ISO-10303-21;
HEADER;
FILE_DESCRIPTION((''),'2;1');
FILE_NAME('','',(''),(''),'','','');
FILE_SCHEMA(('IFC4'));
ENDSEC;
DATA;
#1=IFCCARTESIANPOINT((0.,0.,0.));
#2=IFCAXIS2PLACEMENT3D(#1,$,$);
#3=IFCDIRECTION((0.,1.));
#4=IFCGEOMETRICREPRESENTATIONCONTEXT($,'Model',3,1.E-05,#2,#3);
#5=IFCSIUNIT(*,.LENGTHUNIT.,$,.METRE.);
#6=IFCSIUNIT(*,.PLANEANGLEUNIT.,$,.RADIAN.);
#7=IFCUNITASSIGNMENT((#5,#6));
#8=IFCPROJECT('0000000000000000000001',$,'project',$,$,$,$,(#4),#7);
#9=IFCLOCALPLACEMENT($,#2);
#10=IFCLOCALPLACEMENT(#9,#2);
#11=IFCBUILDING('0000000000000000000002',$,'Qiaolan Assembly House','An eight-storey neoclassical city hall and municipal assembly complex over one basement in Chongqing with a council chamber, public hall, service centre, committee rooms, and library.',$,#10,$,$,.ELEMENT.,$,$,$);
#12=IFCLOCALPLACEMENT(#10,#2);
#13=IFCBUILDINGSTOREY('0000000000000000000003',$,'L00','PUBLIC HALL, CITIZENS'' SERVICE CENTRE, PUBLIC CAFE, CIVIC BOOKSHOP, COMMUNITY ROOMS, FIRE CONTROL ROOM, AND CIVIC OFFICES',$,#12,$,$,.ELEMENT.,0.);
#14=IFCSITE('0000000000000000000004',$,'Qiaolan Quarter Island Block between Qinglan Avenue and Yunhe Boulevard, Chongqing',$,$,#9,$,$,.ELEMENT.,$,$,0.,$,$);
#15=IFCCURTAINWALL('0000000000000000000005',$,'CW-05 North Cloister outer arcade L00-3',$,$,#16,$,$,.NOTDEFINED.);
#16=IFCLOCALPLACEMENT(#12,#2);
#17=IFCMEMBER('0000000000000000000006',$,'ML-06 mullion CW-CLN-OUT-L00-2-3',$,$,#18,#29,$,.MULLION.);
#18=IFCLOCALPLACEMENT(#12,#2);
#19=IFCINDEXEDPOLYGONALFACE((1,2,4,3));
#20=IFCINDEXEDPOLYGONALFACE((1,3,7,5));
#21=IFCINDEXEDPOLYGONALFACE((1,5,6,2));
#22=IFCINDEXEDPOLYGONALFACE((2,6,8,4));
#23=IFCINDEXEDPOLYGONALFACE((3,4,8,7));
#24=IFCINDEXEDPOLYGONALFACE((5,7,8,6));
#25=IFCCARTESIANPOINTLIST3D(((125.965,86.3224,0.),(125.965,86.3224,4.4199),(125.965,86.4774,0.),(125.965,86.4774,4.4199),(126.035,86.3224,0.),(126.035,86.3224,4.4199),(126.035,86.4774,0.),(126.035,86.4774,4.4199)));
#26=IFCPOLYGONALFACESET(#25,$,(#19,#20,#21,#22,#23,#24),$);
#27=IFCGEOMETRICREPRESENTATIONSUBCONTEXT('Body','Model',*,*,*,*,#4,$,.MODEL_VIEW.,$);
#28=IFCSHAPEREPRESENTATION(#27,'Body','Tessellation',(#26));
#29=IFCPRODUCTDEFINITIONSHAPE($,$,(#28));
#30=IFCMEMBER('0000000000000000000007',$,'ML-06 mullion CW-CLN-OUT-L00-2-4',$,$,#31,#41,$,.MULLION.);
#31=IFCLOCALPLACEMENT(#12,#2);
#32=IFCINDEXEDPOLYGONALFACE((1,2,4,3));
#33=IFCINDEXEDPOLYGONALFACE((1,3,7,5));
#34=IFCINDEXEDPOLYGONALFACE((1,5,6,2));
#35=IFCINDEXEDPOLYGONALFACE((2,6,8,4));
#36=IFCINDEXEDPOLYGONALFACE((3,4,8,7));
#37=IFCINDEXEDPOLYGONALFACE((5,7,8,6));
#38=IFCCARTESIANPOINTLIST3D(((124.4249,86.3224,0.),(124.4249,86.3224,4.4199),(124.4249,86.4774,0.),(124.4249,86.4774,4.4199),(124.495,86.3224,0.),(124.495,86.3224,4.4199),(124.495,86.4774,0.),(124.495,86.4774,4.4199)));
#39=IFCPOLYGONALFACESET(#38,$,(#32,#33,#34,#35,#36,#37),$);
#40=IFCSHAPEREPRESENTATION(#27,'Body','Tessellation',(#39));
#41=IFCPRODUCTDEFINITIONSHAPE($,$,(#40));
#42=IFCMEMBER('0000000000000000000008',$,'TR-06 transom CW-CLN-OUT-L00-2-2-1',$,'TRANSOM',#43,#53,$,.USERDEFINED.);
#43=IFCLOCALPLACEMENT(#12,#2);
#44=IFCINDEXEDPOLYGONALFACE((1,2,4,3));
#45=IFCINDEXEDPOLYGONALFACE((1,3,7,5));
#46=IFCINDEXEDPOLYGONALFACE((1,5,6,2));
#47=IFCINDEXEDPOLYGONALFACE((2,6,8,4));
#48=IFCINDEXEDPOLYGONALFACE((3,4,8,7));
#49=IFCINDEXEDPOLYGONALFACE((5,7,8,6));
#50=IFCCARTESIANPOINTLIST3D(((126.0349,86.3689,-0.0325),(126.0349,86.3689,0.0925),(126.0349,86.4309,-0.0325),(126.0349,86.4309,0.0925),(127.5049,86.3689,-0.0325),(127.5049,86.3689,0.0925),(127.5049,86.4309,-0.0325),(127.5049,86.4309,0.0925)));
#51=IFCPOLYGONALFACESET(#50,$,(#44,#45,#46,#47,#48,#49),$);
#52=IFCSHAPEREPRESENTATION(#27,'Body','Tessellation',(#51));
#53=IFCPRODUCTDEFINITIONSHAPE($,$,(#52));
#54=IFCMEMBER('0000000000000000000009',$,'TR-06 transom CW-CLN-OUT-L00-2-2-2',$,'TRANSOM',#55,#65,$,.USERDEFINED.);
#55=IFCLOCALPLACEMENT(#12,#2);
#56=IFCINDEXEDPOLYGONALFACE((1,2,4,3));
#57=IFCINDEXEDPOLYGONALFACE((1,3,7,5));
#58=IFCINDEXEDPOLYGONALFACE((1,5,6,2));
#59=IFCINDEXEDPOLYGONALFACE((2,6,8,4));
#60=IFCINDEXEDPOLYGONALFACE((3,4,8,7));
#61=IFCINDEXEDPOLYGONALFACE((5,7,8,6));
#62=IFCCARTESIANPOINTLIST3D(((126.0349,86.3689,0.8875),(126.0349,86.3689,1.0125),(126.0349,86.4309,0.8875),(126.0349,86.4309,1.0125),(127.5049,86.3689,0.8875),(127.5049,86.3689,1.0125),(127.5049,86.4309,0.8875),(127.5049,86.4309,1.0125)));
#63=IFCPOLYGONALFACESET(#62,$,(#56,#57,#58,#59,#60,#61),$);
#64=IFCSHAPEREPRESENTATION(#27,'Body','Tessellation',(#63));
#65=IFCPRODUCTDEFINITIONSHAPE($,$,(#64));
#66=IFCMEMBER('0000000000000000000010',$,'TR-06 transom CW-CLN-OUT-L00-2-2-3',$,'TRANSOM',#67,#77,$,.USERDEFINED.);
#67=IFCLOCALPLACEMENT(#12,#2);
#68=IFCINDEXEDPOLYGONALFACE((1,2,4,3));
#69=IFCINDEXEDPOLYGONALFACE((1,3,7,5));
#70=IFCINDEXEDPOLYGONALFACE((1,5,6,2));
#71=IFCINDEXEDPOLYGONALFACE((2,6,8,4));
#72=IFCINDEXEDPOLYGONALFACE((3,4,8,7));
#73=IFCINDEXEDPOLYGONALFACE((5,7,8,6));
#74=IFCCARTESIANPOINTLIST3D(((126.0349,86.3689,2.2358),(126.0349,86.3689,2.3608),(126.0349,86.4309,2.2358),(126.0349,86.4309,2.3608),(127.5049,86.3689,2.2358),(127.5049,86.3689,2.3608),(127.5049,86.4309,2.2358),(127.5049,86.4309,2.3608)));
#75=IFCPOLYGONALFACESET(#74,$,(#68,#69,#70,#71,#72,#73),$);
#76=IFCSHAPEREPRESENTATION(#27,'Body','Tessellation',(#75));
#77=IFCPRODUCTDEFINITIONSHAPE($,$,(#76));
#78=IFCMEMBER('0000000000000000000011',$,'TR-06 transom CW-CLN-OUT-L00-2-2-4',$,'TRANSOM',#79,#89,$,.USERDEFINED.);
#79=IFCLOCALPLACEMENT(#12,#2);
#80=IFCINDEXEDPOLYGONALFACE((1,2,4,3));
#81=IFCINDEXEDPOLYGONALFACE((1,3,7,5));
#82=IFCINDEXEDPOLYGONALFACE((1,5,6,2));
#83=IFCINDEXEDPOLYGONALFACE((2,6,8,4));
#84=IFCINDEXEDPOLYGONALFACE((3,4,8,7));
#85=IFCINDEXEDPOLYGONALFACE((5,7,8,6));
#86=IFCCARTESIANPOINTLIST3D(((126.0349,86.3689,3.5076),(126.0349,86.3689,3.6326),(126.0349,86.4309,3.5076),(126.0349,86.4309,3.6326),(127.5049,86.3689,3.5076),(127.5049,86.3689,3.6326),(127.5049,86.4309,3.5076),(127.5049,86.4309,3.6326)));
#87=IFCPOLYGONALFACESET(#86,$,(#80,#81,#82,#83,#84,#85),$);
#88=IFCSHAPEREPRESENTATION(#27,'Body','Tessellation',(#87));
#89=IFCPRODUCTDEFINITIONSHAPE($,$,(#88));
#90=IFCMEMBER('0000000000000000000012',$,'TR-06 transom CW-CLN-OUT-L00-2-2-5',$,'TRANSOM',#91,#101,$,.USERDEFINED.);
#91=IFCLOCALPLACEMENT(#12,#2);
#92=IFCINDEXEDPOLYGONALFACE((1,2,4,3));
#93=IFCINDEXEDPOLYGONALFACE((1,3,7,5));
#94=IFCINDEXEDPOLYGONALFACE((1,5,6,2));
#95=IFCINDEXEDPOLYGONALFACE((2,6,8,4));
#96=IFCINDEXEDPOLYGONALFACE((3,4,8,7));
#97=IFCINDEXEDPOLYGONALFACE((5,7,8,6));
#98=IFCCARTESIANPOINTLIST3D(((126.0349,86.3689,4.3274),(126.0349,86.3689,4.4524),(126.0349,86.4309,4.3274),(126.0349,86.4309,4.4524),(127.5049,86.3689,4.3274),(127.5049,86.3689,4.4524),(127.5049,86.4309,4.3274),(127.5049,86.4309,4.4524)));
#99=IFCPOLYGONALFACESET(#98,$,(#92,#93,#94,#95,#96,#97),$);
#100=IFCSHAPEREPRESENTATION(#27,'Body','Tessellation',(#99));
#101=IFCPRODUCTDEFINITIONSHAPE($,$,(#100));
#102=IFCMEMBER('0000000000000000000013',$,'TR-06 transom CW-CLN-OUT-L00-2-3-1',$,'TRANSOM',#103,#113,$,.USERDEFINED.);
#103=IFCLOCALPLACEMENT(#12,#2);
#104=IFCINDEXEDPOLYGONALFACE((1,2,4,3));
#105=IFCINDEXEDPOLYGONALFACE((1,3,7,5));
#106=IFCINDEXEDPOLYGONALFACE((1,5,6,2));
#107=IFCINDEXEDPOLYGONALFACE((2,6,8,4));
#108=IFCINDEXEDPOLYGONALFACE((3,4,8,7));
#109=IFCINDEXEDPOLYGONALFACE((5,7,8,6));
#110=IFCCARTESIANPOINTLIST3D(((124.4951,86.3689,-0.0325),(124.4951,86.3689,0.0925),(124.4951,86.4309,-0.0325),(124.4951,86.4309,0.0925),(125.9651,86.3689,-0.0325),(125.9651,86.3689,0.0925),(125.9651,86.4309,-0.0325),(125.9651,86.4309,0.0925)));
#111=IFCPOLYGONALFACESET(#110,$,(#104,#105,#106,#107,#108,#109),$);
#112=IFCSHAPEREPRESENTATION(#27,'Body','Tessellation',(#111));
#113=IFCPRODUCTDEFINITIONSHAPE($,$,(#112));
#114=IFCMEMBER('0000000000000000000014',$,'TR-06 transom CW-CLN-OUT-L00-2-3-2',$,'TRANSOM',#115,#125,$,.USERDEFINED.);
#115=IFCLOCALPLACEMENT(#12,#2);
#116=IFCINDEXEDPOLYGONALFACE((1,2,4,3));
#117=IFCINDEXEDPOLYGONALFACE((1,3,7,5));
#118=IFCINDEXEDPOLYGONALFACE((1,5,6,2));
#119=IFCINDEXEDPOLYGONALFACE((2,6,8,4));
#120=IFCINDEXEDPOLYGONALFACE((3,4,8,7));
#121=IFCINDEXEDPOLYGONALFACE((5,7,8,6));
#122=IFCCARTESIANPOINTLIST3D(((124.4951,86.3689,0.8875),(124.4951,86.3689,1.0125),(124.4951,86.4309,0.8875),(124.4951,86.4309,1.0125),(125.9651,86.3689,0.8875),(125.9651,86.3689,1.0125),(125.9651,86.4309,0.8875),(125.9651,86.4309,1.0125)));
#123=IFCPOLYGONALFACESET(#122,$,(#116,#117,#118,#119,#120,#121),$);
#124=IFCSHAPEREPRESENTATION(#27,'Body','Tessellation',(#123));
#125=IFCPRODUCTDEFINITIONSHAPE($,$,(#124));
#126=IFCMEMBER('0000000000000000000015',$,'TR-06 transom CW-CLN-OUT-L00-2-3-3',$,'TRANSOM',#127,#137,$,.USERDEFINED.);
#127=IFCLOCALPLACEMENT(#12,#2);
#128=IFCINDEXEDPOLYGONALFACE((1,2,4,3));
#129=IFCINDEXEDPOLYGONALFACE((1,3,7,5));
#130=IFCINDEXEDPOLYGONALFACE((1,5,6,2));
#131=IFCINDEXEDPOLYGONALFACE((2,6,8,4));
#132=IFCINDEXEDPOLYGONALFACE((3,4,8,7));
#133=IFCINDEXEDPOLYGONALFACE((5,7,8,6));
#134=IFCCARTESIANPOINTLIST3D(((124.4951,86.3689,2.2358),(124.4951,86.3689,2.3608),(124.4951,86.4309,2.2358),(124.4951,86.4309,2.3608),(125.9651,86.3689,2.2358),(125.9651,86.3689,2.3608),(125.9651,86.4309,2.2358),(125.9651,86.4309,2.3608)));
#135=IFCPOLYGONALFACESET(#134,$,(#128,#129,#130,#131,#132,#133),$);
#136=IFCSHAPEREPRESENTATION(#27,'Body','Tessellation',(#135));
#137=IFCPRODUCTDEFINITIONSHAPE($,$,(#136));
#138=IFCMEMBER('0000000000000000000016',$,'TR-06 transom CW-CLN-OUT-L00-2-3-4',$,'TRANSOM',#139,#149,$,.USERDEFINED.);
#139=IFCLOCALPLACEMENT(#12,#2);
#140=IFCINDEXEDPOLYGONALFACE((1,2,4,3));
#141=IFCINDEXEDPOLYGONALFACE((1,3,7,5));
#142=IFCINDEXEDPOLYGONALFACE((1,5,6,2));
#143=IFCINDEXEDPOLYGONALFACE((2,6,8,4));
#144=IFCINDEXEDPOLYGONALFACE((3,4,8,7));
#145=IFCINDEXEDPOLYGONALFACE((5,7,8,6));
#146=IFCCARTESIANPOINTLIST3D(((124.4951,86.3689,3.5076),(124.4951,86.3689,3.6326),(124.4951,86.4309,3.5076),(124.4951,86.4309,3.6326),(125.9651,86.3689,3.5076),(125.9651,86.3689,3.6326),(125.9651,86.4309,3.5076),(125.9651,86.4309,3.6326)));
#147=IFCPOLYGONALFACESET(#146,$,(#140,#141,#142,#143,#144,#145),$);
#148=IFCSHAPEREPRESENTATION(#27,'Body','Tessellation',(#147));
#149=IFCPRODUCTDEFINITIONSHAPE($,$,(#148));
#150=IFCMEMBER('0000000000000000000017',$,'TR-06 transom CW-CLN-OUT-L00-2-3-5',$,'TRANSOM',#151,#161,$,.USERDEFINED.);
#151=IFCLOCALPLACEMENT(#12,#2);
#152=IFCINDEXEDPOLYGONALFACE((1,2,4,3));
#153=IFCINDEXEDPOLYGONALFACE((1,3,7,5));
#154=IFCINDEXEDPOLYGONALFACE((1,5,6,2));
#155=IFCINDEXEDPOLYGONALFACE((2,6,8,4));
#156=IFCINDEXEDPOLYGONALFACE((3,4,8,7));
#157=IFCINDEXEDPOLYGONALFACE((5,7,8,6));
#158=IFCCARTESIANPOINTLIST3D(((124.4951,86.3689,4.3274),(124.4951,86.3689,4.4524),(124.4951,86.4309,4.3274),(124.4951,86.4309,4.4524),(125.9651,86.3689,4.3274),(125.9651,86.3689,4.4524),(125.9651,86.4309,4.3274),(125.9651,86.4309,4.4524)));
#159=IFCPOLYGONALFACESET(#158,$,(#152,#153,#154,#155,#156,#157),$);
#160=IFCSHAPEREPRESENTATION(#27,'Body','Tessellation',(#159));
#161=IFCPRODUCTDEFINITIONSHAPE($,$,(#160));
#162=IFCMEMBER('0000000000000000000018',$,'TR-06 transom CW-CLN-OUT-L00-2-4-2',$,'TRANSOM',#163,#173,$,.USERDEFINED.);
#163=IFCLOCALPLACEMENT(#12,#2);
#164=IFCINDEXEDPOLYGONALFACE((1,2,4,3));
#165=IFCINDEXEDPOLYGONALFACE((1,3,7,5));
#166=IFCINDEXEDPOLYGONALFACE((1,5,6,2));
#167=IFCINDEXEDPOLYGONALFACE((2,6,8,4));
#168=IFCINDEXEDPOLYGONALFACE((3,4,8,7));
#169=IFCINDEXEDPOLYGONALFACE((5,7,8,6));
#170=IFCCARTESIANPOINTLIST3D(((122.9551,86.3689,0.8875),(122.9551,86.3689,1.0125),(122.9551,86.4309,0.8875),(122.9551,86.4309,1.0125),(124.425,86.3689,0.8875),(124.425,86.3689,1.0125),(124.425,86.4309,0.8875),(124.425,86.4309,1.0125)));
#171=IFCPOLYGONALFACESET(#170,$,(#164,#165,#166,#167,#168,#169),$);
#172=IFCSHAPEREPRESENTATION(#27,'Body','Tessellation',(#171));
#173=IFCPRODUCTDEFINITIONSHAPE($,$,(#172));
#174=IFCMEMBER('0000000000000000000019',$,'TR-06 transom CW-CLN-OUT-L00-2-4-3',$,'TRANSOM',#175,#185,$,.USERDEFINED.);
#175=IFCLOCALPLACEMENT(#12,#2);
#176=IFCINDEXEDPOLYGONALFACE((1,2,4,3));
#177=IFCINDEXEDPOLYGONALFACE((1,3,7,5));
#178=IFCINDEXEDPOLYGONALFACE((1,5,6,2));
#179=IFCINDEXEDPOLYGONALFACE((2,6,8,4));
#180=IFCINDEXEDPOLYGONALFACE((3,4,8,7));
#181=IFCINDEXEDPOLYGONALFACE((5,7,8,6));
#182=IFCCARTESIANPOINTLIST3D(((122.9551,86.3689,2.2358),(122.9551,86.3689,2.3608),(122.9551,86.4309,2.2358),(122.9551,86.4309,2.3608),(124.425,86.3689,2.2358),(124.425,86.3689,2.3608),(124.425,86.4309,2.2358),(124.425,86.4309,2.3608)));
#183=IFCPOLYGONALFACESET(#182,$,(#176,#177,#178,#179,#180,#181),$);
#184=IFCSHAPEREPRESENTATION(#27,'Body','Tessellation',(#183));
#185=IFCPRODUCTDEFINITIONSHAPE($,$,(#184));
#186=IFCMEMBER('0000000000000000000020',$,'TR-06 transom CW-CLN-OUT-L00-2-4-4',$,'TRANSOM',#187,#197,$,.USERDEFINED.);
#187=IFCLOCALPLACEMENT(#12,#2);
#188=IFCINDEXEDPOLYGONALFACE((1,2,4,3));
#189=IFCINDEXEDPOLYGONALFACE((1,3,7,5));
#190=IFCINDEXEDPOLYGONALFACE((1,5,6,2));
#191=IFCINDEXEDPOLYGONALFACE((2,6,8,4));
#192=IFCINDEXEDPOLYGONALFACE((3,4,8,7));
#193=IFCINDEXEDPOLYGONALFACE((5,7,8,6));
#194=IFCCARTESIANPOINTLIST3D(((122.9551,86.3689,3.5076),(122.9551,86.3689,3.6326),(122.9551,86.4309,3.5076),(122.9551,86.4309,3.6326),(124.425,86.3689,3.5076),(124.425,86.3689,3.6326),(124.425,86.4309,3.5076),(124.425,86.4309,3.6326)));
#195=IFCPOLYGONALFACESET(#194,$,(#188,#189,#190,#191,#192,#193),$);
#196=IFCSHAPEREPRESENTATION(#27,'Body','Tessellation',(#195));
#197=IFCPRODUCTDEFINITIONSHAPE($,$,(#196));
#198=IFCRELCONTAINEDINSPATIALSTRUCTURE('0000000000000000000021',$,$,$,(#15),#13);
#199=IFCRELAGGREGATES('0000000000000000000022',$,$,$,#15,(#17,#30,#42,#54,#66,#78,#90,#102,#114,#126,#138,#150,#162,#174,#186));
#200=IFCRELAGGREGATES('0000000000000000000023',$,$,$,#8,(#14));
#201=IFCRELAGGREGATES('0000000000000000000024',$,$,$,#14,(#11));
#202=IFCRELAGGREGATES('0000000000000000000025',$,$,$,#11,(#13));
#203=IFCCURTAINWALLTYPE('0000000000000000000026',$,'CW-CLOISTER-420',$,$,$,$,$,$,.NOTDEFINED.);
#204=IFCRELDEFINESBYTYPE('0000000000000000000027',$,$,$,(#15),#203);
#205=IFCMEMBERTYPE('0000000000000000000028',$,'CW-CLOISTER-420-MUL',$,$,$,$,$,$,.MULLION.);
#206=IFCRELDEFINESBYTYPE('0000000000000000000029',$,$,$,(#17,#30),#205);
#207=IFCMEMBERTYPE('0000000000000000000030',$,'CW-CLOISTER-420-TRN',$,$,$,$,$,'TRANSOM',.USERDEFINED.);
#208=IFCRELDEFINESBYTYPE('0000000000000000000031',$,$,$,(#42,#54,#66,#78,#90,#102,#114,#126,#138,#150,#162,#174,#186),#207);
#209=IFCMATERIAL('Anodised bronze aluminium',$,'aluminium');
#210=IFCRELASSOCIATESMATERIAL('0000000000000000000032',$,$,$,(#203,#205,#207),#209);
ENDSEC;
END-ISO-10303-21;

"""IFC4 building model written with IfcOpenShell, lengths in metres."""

from ifc_helpers import new_model, si_unit, direction, frame, origin, origin_2d, place, context, subcontext, project, spatial, rectangle, extrude, material, material_profile, profile_set, type_object, element, aggregate, save


model = new_model("IFC4")

# Units and contexts
model_context = context("Model", 3, precision=1e-05, world=origin(), true_north=direction((0.0, 1.0)))
body_context = subcontext(model_context, "Body", "Model", "MODEL_VIEW")
ifc_project = project(units=[si_unit("LENGTHUNIT", "METRE"), si_unit("PLANEANGLEUNIT", "RADIAN")], contexts=[model_context])

# Site, building, storey
site_placement = place(None, origin())
site = spatial("IfcSite", under=ifc_project, at=site_placement, Name="Qiaolan Quarter Island Block between Qinglan Avenue and Yunhe Boulevard, Chongqing", CompositionType="ELEMENT", RefElevation=0.0)
building_placement = place(site_placement, origin())
building = spatial("IfcBuilding", under=site, at=building_placement, Name="Qiaolan Assembly House", Description="An eight-storey neoclassical city hall and municipal assembly complex over one basement in Chongqing with a council chamber, public hall, service centre, committee rooms, and library.", CompositionType="ELEMENT")
storey_placement = place(building_placement, origin())
storey = spatial("IfcBuildingStorey", under=building, at=storey_placement, Name="L00", Description="PUBLIC HALL, CITIZENS' SERVICE CENTRE, PUBLIC CAFE, CIVIC BOOKSHOP, COMMUNITY ROOMS, FIRE CONTROL ROOM, AND CIVIC OFFICES", CompositionType="ELEMENT", Elevation=0.0)

# Curtain wall, members
ifc_material_1 = material(Name="Anodised bronze aluminium", Category="aluminium")
curtain_wall_type = type_object("IfcCurtainWallType", Name="CW-CLOISTER-420", PredefinedType="NOTDEFINED", material=ifc_material_1)
curtain_wall_placement = place(storey_placement, origin())
curtain_wall = element("IfcCurtainWall", 1, at=curtain_wall_placement, inside=storey, type_object=curtain_wall_type, Name="CW-05 North Cloister outer arcade L00-3", PredefinedType="NOTDEFINED")
ifc_material_profile_1 = material_profile(ifc_material_1, rectangle(XDim=0.0701, YDim=0.155, at=origin_2d()), Name="MUL 70x155")
ifc_profile_set_1 = profile_set([ifc_material_profile_1], Name="Anodised bronze aluminium")
member_type_1 = type_object("IfcMemberType", Name="CW-CLOISTER-420-MUL", PredefinedType="MULLION", material=ifc_profile_set_1)
member_1_placement = place(storey_placement, frame((126.0, 86.3999, 0.0), z_axis=(0.0, 0.0, 1.0), x_axis=(-1.0, 0.0, 0.0)))
member_1 = element("IfcMember", 2, at=member_1_placement, type_object=member_type_1, Name="ML-06 mullion CW-CLN-OUT-L00-2-3", PredefinedType="MULLION", context=body_context, shape_type="SweptSolid", body=[
    extrude(rectangle(XDim=0.0701, YDim=0.155, at=origin_2d()), origin(), (0.0, 0.0, 1.0), 4.4199),
])
member_2_placement = place(storey_placement, frame((124.46, 86.3999, 0.0), z_axis=(0.0, 0.0, 1.0), x_axis=(-1.0, 0.0, 0.0)))
member_2 = element("IfcMember", 3, at=member_2_placement, type_object=member_type_1, Name="ML-06 mullion CW-CLN-OUT-L00-2-4", PredefinedType="MULLION", context=body_context, shape_type="SweptSolid", body=[
    extrude(rectangle(XDim=0.0701, YDim=0.155, at=origin_2d()), origin(), (0.0, 0.0, 1.0), 4.4199),
])
ifc_material_profile_2 = material_profile(ifc_material_1, rectangle(XDim=0.062, YDim=0.125, at=origin_2d()), Name="TRN 62x125")
ifc_profile_set_2 = profile_set([ifc_material_profile_2], Name="Anodised bronze aluminium")
member_type_2 = type_object("IfcMemberType", Name="CW-CLOISTER-420-TRN", ElementType="TRANSOM", PredefinedType="USERDEFINED", material=ifc_profile_set_2)
member_3_placement = place(storey_placement, frame((127.5049, 86.3999, 0.03), z_axis=(-1.0, 0.0, 0.0), x_axis=(0.0, -1.0, 0.0)))
member_3 = element("IfcMember", 4, at=member_3_placement, type_object=member_type_2, Name="TR-06 transom CW-CLN-OUT-L00-2-2-1", ObjectType="TRANSOM", PredefinedType="USERDEFINED", context=body_context, shape_type="SweptSolid", body=[
    extrude(rectangle(XDim=0.062, YDim=0.125, at=origin_2d()), origin(), (0.0, 0.0, 1.0), 1.47),
])
member_4_placement = place(storey_placement, frame((127.5049, 86.3999, 0.95), z_axis=(-1.0, 0.0, 0.0), x_axis=(0.0, -1.0, 0.0)))
member_4 = element("IfcMember", 5, at=member_4_placement, type_object=member_type_2, Name="TR-06 transom CW-CLN-OUT-L00-2-2-2", ObjectType="TRANSOM", PredefinedType="USERDEFINED", context=body_context, shape_type="SweptSolid", body=[
    extrude(rectangle(XDim=0.062, YDim=0.125, at=origin_2d()), origin(), (0.0, 0.0, 1.0), 1.47),
])
member_5_placement = place(storey_placement, frame((127.5049, 86.3999, 2.2983), z_axis=(-1.0, 0.0, 0.0), x_axis=(0.0, -1.0, 0.0)))
member_5 = element("IfcMember", 6, at=member_5_placement, type_object=member_type_2, Name="TR-06 transom CW-CLN-OUT-L00-2-2-3", ObjectType="TRANSOM", PredefinedType="USERDEFINED", context=body_context, shape_type="SweptSolid", body=[
    extrude(rectangle(XDim=0.062, YDim=0.125, at=origin_2d()), origin(), (0.0, 0.0, 1.0), 1.47),
])
member_6_placement = place(storey_placement, frame((127.5049, 86.3999, 3.5701), z_axis=(-1.0, 0.0, 0.0), x_axis=(0.0, -1.0, 0.0)))
member_6 = element("IfcMember", 7, at=member_6_placement, type_object=member_type_2, Name="TR-06 transom CW-CLN-OUT-L00-2-2-4", ObjectType="TRANSOM", PredefinedType="USERDEFINED", context=body_context, shape_type="SweptSolid", body=[
    extrude(rectangle(XDim=0.062, YDim=0.125, at=origin_2d()), origin(), (0.0, 0.0, 1.0), 1.47),
])
member_7_placement = place(storey_placement, frame((127.5049, 86.3999, 4.3899), z_axis=(-1.0, 0.0, 0.0), x_axis=(0.0, -1.0, 0.0)))
member_7 = element("IfcMember", 8, at=member_7_placement, type_object=member_type_2, Name="TR-06 transom CW-CLN-OUT-L00-2-2-5", ObjectType="TRANSOM", PredefinedType="USERDEFINED", context=body_context, shape_type="SweptSolid", body=[
    extrude(rectangle(XDim=0.062, YDim=0.125, at=origin_2d()), origin(), (0.0, 0.0, 1.0), 1.47),
])
member_8_placement = place(storey_placement, frame((125.9651, 86.3999, 0.03), z_axis=(-1.0, 0.0, 0.0), x_axis=(0.0, -1.0, 0.0)))
member_8 = element("IfcMember", 9, at=member_8_placement, type_object=member_type_2, Name="TR-06 transom CW-CLN-OUT-L00-2-3-1", ObjectType="TRANSOM", PredefinedType="USERDEFINED", context=body_context, shape_type="SweptSolid", body=[
    extrude(rectangle(XDim=0.062, YDim=0.125, at=origin_2d()), origin(), (0.0, 0.0, 1.0), 1.47),
])
member_9_placement = place(storey_placement, frame((125.9651, 86.3999, 0.95), z_axis=(-1.0, 0.0, 0.0), x_axis=(0.0, -1.0, 0.0)))
member_9 = element("IfcMember", 10, at=member_9_placement, type_object=member_type_2, Name="TR-06 transom CW-CLN-OUT-L00-2-3-2", ObjectType="TRANSOM", PredefinedType="USERDEFINED", context=body_context, shape_type="SweptSolid", body=[
    extrude(rectangle(XDim=0.062, YDim=0.125, at=origin_2d()), origin(), (0.0, 0.0, 1.0), 1.47),
])
member_10_placement = place(storey_placement, frame((125.9651, 86.3999, 2.2983), z_axis=(-1.0, 0.0, 0.0), x_axis=(0.0, -1.0, 0.0)))
member_10 = element("IfcMember", 11, at=member_10_placement, type_object=member_type_2, Name="TR-06 transom CW-CLN-OUT-L00-2-3-3", ObjectType="TRANSOM", PredefinedType="USERDEFINED", context=body_context, shape_type="SweptSolid", body=[
    extrude(rectangle(XDim=0.062, YDim=0.125, at=origin_2d()), origin(), (0.0, 0.0, 1.0), 1.47),
])
member_11_placement = place(storey_placement, frame((125.9651, 86.3999, 3.5701), z_axis=(-1.0, 0.0, 0.0), x_axis=(0.0, -1.0, 0.0)))
member_11 = element("IfcMember", 12, at=member_11_placement, type_object=member_type_2, Name="TR-06 transom CW-CLN-OUT-L00-2-3-4", ObjectType="TRANSOM", PredefinedType="USERDEFINED", context=body_context, shape_type="SweptSolid", body=[
    extrude(rectangle(XDim=0.062, YDim=0.125, at=origin_2d()), origin(), (0.0, 0.0, 1.0), 1.47),
])
member_12_placement = place(storey_placement, frame((125.9651, 86.3999, 4.3899), z_axis=(-1.0, 0.0, 0.0), x_axis=(0.0, -1.0, 0.0)))
member_12 = element("IfcMember", 13, at=member_12_placement, type_object=member_type_2, Name="TR-06 transom CW-CLN-OUT-L00-2-3-5", ObjectType="TRANSOM", PredefinedType="USERDEFINED", context=body_context, shape_type="SweptSolid", body=[
    extrude(rectangle(XDim=0.062, YDim=0.125, at=origin_2d()), origin(), (0.0, 0.0, 1.0), 1.47),
])
member_13_placement = place(storey_placement, frame((124.425, 86.3999, 0.95), z_axis=(-1.0, 0.0, 0.0), x_axis=(0.0, -1.0, 0.0)))
member_13 = element("IfcMember", 14, at=member_13_placement, type_object=member_type_2, Name="TR-06 transom CW-CLN-OUT-L00-2-4-2", ObjectType="TRANSOM", PredefinedType="USERDEFINED", context=body_context, shape_type="SweptSolid", body=[
    extrude(rectangle(XDim=0.062, YDim=0.125, at=origin_2d()), origin(), (0.0, 0.0, 1.0), 1.47),
])
member_14_placement = place(storey_placement, frame((124.425, 86.3999, 2.2983), z_axis=(-1.0, 0.0, 0.0), x_axis=(0.0, -1.0, 0.0)))
member_14 = element("IfcMember", 15, at=member_14_placement, type_object=member_type_2, Name="TR-06 transom CW-CLN-OUT-L00-2-4-3", ObjectType="TRANSOM", PredefinedType="USERDEFINED", context=body_context, shape_type="SweptSolid", body=[
    extrude(rectangle(XDim=0.062, YDim=0.125, at=origin_2d()), origin(), (0.0, 0.0, 1.0), 1.47),
])
member_15_placement = place(storey_placement, frame((124.425, 86.3999, 3.5701), z_axis=(-1.0, 0.0, 0.0), x_axis=(0.0, -1.0, 0.0)))
member_15 = element("IfcMember", 16, at=member_15_placement, type_object=member_type_2, Name="TR-06 transom CW-CLN-OUT-L00-2-4-4", ObjectType="TRANSOM", PredefinedType="USERDEFINED", context=body_context, shape_type="SweptSolid", body=[
    extrude(rectangle(XDim=0.062, YDim=0.125, at=origin_2d()), origin(), (0.0, 0.0, 1.0), 1.47),
])

aggregate(curtain_wall, [member_1, member_2, member_3, member_4, member_5, member_6, member_7, member_8, member_9, member_10, member_11, member_12, member_13, member_14, member_15])

save(model, "model.ifc")
